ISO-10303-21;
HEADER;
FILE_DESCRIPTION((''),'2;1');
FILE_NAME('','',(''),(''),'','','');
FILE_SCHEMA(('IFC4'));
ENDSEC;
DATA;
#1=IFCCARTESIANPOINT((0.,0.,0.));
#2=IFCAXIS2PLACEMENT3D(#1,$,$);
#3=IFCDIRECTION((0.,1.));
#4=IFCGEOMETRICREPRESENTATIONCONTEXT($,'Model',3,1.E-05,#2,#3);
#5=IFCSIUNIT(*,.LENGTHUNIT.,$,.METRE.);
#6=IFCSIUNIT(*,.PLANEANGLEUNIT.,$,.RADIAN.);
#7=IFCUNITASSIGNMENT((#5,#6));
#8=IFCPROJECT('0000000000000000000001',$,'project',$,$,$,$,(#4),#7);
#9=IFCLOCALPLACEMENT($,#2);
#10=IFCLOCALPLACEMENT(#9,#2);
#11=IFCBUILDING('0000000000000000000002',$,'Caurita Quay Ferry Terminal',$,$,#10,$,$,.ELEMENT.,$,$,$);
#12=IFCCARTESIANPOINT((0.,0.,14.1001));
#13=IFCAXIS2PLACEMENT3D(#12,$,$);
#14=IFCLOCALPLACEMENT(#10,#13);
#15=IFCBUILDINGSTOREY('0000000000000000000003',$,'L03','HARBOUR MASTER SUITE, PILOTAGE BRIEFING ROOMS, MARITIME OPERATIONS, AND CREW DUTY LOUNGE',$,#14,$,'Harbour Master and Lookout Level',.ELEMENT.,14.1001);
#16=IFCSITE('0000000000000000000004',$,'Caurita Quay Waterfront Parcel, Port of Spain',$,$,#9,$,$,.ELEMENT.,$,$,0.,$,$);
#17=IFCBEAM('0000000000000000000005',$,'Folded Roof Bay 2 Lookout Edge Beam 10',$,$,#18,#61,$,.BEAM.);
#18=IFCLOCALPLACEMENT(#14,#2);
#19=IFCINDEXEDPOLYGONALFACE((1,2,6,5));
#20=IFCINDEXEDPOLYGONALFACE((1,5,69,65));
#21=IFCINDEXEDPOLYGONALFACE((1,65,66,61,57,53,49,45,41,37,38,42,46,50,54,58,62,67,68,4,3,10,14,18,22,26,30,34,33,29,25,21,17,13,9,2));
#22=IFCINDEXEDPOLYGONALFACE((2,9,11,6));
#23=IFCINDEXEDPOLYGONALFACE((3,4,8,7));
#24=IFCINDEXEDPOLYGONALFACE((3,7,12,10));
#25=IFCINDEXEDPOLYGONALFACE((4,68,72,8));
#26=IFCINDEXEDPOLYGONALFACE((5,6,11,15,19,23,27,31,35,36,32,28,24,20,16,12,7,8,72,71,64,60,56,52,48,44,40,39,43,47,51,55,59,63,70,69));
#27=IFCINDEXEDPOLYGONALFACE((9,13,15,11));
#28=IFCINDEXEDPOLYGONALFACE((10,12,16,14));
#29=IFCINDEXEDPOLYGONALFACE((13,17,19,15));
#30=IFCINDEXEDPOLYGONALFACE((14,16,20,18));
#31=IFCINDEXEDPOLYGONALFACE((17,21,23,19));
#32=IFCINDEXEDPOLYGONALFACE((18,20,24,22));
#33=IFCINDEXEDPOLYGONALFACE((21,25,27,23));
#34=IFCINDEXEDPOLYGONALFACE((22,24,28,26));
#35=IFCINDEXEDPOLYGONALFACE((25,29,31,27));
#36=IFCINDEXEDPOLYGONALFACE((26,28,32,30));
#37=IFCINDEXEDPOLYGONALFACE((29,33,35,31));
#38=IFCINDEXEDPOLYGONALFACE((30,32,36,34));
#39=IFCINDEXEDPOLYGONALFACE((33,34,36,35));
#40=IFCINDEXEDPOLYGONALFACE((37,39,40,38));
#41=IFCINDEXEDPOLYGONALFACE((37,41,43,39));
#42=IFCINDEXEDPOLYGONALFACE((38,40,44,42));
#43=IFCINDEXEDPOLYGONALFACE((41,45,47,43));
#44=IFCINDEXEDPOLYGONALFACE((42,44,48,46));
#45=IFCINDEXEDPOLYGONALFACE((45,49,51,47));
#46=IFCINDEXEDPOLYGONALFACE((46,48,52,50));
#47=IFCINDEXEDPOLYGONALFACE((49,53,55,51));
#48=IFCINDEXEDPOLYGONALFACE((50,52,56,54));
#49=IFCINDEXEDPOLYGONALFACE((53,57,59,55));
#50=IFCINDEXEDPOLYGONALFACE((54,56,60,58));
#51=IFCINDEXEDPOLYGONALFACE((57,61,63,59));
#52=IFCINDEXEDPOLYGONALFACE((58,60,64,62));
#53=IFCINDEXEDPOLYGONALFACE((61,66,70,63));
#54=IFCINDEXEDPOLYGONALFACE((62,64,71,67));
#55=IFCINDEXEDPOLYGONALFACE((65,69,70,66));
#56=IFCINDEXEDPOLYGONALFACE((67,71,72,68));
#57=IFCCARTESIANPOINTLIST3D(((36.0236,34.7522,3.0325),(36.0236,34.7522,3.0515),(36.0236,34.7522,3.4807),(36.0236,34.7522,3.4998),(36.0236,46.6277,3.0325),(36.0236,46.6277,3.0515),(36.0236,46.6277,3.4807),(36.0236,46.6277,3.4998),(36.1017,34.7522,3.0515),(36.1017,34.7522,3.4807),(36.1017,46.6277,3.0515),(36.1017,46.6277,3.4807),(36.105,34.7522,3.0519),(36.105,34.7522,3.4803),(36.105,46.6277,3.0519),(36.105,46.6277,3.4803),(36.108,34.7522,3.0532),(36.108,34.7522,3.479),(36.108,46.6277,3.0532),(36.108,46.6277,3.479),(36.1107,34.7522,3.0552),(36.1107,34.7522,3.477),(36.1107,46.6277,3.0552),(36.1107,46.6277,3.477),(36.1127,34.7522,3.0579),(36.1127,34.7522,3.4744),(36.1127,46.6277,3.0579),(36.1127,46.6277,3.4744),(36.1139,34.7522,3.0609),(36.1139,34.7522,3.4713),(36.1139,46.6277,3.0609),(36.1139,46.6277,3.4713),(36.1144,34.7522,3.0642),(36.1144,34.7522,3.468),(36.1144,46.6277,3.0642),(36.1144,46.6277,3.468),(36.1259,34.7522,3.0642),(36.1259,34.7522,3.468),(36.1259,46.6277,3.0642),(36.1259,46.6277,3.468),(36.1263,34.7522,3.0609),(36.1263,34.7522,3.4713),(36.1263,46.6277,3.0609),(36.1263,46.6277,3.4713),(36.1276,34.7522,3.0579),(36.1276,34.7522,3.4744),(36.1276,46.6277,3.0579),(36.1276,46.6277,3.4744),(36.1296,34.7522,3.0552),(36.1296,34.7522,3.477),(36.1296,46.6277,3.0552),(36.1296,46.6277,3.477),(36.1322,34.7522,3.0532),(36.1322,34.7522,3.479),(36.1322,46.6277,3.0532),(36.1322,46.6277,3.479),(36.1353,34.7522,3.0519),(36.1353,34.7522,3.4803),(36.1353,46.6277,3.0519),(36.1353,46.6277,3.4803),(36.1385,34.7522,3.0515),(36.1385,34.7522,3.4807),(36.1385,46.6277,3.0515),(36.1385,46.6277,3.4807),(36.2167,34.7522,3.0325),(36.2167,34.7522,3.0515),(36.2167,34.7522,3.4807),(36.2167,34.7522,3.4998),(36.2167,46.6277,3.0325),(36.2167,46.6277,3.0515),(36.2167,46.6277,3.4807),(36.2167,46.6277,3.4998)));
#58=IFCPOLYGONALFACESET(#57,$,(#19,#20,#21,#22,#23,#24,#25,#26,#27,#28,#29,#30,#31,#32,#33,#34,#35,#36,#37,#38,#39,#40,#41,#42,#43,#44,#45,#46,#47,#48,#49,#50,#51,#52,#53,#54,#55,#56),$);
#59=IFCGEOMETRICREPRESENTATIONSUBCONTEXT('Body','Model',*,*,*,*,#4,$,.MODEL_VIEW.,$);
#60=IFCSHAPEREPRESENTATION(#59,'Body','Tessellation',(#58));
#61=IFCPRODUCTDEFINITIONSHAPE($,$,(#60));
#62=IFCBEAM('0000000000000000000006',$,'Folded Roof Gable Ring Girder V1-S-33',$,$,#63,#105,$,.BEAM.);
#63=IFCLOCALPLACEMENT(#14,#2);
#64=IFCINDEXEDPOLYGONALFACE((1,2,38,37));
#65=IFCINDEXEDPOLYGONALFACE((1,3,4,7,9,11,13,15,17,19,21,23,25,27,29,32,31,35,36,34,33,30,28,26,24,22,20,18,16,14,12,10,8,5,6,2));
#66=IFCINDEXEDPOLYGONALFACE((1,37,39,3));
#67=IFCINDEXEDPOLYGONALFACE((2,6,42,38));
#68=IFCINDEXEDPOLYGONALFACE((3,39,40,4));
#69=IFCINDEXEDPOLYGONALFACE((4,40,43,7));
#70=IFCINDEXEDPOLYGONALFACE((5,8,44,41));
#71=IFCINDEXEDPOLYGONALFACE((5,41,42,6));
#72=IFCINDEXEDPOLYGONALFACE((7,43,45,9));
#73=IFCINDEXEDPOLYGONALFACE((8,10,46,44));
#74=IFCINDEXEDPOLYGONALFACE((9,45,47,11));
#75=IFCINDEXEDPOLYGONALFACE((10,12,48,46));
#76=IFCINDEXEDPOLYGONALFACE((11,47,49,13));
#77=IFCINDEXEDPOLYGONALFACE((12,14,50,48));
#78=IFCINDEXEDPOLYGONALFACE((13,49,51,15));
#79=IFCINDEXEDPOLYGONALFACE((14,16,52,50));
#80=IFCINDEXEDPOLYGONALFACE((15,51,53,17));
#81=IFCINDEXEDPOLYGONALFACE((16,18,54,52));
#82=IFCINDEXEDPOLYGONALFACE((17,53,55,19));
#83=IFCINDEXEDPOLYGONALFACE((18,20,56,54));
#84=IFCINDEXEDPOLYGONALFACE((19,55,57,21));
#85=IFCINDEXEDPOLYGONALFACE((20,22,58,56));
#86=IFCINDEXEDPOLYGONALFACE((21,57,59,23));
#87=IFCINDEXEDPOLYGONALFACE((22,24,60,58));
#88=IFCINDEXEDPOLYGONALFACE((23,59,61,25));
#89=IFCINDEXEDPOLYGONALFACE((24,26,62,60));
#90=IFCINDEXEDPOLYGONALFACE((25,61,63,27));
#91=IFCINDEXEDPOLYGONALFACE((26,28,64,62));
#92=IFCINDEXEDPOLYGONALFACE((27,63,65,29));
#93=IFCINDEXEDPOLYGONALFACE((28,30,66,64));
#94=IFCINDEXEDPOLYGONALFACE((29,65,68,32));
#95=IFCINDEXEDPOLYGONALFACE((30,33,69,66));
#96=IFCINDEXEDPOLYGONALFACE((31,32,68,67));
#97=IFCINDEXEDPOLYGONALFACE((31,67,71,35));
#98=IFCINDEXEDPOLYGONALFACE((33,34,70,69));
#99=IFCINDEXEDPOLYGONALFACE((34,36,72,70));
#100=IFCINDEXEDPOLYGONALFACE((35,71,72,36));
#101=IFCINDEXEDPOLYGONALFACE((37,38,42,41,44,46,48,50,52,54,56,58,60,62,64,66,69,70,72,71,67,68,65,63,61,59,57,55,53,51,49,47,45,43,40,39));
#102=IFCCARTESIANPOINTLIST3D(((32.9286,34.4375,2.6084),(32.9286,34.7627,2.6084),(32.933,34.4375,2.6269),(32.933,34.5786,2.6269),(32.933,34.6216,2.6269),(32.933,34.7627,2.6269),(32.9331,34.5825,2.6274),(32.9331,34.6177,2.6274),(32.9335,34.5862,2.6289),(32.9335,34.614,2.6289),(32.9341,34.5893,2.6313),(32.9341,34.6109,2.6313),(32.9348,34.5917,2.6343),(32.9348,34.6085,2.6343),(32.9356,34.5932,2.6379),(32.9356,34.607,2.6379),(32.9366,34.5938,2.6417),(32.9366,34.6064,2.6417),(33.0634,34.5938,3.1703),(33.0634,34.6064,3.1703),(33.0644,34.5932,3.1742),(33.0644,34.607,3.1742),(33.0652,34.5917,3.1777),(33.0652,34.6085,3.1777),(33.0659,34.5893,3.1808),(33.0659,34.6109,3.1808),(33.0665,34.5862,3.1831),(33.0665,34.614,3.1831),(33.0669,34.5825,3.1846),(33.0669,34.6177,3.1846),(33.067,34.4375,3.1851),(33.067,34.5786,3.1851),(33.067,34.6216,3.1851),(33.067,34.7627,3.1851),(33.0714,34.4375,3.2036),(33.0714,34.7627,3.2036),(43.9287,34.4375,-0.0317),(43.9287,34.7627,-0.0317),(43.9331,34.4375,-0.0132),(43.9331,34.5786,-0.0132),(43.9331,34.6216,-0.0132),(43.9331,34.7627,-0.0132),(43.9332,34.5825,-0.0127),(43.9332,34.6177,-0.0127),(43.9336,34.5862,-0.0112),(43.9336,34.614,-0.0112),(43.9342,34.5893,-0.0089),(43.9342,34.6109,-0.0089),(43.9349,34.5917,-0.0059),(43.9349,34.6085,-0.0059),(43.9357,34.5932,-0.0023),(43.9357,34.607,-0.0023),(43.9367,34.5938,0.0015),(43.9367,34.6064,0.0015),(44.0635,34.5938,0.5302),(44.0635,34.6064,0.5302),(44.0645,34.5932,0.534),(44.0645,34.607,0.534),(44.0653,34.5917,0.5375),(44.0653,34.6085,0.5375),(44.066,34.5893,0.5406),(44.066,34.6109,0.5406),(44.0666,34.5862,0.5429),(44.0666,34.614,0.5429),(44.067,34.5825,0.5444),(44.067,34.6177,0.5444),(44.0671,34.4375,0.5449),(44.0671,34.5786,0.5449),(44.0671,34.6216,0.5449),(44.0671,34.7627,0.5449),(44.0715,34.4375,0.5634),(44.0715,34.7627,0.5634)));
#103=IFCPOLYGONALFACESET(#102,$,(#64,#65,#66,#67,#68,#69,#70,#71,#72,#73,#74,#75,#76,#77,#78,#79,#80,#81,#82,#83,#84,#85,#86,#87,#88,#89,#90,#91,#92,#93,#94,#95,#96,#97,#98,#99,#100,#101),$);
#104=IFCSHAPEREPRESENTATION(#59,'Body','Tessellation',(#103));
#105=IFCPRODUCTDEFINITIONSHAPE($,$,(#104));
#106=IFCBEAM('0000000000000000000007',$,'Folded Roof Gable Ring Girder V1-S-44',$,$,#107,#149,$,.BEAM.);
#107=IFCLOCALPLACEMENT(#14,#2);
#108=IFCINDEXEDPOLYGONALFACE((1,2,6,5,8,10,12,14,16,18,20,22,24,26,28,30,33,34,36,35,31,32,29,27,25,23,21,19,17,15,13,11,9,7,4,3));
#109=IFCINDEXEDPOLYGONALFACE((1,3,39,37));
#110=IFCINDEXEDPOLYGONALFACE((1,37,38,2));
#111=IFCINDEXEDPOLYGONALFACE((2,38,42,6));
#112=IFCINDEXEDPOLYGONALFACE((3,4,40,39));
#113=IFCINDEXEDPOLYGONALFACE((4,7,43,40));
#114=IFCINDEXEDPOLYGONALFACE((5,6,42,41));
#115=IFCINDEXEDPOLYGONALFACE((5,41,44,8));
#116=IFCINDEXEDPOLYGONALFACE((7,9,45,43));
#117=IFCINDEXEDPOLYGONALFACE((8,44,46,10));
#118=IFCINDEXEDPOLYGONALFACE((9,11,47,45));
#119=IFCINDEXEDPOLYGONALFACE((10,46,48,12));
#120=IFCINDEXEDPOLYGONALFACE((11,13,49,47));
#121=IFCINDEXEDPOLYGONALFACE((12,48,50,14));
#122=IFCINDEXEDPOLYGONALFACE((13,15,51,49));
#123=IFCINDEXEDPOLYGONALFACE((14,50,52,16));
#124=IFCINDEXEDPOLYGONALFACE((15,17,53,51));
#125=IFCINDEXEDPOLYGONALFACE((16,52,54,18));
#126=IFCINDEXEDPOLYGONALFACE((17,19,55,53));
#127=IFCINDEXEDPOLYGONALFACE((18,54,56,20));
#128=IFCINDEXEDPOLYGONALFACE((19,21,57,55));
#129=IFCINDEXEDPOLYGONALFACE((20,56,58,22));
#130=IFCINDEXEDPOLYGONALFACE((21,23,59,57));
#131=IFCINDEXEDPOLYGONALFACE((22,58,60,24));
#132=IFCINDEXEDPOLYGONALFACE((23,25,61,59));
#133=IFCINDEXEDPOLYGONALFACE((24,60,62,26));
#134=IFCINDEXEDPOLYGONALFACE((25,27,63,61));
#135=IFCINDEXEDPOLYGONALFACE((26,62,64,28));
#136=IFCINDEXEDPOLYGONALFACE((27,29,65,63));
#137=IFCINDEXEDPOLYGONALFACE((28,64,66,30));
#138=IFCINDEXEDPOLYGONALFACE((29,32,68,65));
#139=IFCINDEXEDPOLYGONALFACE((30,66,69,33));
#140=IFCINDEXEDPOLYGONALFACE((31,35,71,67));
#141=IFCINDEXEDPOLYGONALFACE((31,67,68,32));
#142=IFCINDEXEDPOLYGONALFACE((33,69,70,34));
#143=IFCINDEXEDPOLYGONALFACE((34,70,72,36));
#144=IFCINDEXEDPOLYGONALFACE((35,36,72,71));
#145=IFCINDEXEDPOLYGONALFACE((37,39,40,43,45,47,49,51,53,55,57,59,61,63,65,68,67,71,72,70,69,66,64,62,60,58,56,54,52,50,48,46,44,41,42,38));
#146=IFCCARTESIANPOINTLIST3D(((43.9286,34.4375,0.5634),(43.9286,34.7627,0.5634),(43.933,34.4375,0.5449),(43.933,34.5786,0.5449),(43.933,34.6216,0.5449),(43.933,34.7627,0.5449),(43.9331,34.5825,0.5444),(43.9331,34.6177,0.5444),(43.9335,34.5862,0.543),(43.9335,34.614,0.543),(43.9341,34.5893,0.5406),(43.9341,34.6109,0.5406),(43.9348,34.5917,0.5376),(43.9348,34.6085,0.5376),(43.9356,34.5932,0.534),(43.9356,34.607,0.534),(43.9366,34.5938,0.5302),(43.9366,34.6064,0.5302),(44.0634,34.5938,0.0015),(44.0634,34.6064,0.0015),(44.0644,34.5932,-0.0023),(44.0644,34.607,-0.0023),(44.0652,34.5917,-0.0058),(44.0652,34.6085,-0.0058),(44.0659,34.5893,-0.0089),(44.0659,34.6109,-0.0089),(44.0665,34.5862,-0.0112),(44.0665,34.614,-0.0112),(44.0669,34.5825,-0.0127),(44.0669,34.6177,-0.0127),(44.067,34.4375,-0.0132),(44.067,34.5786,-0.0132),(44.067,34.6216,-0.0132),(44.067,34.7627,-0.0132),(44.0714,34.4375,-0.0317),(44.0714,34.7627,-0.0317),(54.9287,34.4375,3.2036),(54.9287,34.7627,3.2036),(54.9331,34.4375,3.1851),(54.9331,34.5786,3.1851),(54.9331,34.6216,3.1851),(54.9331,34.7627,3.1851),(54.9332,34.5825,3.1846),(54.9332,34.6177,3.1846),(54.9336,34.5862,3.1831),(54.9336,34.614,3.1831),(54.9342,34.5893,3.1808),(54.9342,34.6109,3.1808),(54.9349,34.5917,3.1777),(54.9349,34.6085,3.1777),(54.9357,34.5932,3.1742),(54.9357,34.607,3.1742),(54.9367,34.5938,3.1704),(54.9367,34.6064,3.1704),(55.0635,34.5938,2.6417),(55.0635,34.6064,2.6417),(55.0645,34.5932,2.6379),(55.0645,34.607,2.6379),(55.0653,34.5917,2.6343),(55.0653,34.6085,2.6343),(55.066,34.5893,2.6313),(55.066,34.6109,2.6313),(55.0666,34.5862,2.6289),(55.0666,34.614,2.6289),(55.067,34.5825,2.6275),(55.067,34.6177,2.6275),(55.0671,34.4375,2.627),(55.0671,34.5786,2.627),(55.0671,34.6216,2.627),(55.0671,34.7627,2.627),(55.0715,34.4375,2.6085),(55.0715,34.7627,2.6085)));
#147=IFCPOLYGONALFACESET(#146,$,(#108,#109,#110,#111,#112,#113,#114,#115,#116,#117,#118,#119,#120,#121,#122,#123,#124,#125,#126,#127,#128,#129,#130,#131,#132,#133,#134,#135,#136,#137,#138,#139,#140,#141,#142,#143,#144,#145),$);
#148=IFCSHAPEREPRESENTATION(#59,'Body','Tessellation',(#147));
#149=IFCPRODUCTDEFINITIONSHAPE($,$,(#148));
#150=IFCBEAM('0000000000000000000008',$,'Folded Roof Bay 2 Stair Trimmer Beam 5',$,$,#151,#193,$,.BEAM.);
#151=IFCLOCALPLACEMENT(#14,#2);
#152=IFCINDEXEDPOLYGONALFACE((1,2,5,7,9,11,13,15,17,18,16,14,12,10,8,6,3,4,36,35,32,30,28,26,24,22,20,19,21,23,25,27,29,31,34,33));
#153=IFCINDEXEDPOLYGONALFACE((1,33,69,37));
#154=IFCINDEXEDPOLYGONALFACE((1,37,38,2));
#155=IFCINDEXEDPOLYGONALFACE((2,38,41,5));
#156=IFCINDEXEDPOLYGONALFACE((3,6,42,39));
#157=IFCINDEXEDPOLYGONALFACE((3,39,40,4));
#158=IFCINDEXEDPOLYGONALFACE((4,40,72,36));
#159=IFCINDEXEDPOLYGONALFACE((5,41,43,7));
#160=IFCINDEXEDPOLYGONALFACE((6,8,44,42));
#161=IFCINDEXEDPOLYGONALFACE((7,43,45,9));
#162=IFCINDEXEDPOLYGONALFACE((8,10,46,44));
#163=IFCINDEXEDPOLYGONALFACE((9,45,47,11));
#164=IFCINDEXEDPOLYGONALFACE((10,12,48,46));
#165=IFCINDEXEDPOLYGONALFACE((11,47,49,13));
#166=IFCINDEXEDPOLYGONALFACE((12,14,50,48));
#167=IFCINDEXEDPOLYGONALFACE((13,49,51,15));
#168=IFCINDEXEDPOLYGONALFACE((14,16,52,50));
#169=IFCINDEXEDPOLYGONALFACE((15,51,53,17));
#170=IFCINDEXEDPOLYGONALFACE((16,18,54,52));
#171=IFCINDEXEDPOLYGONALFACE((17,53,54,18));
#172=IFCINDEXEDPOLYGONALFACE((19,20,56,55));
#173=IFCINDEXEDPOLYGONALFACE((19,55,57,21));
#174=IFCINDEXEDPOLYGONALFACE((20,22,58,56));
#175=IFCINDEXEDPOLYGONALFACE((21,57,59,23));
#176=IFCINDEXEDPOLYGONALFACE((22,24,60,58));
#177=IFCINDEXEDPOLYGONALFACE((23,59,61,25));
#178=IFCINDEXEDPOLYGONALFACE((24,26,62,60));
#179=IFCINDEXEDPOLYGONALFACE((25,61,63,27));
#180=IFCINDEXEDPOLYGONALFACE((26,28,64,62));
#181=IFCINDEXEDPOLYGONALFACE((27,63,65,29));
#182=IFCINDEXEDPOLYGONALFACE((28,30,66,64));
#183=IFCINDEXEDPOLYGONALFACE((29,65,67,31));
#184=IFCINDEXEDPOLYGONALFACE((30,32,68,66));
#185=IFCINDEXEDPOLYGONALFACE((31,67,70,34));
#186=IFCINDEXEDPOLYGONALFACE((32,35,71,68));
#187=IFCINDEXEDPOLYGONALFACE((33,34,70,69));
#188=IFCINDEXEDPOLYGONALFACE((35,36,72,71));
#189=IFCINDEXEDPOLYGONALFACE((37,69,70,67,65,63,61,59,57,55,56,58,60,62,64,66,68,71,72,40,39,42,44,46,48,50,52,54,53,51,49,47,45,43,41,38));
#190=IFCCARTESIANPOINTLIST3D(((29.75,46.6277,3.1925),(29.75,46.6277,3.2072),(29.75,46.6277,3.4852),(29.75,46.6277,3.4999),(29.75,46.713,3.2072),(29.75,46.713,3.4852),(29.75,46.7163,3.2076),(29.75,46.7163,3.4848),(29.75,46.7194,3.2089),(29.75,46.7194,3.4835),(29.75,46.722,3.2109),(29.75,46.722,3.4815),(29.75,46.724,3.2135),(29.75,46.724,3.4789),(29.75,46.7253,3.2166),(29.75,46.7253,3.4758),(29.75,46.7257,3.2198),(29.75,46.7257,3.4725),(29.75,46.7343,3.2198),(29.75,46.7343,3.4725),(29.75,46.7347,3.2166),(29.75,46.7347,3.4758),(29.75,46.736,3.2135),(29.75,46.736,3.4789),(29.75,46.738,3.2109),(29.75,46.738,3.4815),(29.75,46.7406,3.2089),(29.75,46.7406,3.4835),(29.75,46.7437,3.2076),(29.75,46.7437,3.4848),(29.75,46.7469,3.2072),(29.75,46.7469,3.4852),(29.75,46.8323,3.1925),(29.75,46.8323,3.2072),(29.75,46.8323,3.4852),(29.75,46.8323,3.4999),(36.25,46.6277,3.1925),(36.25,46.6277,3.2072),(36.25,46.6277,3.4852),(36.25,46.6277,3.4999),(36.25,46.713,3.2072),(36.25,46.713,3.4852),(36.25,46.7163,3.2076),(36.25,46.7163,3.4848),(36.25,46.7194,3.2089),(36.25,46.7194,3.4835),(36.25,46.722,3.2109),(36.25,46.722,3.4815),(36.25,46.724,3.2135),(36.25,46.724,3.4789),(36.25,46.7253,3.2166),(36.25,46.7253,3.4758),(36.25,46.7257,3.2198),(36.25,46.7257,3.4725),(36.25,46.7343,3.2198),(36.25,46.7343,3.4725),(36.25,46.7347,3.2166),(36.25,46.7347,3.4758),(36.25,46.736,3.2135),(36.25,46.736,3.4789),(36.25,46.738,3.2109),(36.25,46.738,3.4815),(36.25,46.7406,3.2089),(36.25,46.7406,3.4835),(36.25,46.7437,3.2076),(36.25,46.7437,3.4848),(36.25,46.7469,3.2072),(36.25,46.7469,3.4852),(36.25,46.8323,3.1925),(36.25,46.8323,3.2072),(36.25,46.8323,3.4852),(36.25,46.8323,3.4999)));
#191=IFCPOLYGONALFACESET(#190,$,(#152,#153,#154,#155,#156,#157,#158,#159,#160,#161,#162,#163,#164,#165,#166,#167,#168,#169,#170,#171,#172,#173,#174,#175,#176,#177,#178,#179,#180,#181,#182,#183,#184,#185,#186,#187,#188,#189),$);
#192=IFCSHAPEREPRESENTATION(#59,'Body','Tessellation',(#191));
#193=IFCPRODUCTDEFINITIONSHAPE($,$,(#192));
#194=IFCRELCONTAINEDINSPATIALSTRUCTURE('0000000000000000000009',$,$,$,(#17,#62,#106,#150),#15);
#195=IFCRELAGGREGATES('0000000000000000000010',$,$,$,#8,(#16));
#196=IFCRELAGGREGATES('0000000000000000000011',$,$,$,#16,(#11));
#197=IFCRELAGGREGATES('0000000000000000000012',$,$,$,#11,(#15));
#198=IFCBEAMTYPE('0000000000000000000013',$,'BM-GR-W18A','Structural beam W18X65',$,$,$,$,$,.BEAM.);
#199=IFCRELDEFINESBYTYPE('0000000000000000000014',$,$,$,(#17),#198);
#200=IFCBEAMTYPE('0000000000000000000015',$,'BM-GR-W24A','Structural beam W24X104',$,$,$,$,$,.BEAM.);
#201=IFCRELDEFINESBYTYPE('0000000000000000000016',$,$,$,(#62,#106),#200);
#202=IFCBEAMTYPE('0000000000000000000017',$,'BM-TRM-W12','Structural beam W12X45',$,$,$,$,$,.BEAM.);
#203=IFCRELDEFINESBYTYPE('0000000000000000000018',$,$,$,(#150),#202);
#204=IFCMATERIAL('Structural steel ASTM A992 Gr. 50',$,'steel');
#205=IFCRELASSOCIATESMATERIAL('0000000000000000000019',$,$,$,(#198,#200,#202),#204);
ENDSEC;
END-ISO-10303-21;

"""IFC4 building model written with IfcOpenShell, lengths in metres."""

from ifc_helpers import new_model, si_unit, direction, frame, origin, origin_2d, place, context, subcontext, project, spatial, i_section, extrude, material, material_profile, profile_set, type_object, element, save


model = new_model("IFC4")

# Units and contexts
model_context = context("Model", 3, precision=1e-05, world=origin(), true_north=direction((0.0, 1.0)))
body_context = subcontext(model_context, "Body", "Model", "MODEL_VIEW")
ifc_project = project(units=[si_unit("LENGTHUNIT", "METRE"), si_unit("PLANEANGLEUNIT", "RADIAN")], contexts=[model_context])

# Site, building, storey
site_placement = place(None, origin())
site = spatial("IfcSite", under=ifc_project, at=site_placement, Name="Caurita Quay Waterfront Parcel, Port of Spain", CompositionType="ELEMENT", RefElevation=0.0)
building_placement = place(site_placement, origin())
building = spatial("IfcBuilding", under=site, at=building_placement, Name="Caurita Quay Ferry Terminal", CompositionType="ELEMENT")
storey_placement = place(building_placement, frame((0.0, 0.0, 14.1001)))
storey = spatial("IfcBuildingStorey", under=building, at=storey_placement, Name="L03", Description="HARBOUR MASTER SUITE, PILOTAGE BRIEFING ROOMS, MARITIME OPERATIONS, AND CREW DUTY LOUNGE", LongName="Harbour Master and Lookout Level", CompositionType="ELEMENT", Elevation=14.1001)

# Beams
ifc_material_1 = material(Name="Structural steel ASTM A992 Gr. 50", Category="steel")
ifc_material_profile_1 = material_profile(ifc_material_1, i_section(OverallWidth=0.1931, OverallDepth=0.4673, WebThickness=0.0115, FlangeThickness=0.019, FilletRadius=0.0127, at=origin_2d()), Name="W18X65")
ifc_profile_set_1 = profile_set([ifc_material_profile_1], Name="Structural steel ASTM A992 Gr. 50")
beam_type_1 = type_object("IfcBeamType", Name="BM-GR-W18A", Description="Structural beam W18X65", PredefinedType="BEAM", material=ifc_profile_set_1)
for number, where, z_axis, x_axis, name in (
    (1, (36.1201, 46.6277, 3.2661), (0.0, -1.0, 0.0), (1.0, 0.0, 0.0), "Folded Roof Bay 2 Lookout Edge Beam 10"),
):
    element("IfcBeam", number, at=place(storey_placement, frame(where, z_axis=z_axis, x_axis=x_axis)), inside=storey, type_object=beam_type_1, Name=name, PredefinedType="BEAM", context=body_context, shape_type="SweptSolid", body=[
        extrude(i_section(OverallWidth=0.1931, OverallDepth=0.4673, WebThickness=0.0115, FlangeThickness=0.019, FilletRadius=0.0127, at=origin_2d()), origin(), (0.0, 0.0, 1.0), 11.8755),
    ])
ifc_material_profile_2 = material_profile(ifc_material_1, i_section(OverallWidth=0.3252, OverallDepth=0.6121, WebThickness=0.0127, FlangeThickness=0.019, FilletRadius=0.0151, at=origin_2d()), Name="W24X104")
ifc_profile_set_2 = profile_set([ifc_material_profile_2], Name="Structural steel ASTM A992 Gr. 50")
beam_type_2 = type_object("IfcBeamType", Name="BM-GR-W24A", Description="Structural beam W24X104", PredefinedType="BEAM", material=ifc_profile_set_2)
for number, where, z_axis, x_axis, name in (
    (2, (33.0, 34.6001, 2.906), (0.972385, 0.0, -0.233384), (0.0, 1.0, 0.0), "Folded Roof Gable Ring Girder V1-S-33"),
    (3, (44.0, 34.6001, 0.2659), (0.972385, 0.0, 0.233384), (0.0, 1.0, 0.0), "Folded Roof Gable Ring Girder V1-S-44"),
):
    element("IfcBeam", number, at=place(storey_placement, frame(where, z_axis=z_axis, x_axis=x_axis)), inside=storey, type_object=beam_type_2, Name=name, PredefinedType="BEAM", context=body_context, shape_type="SweptSolid", body=[
        extrude(i_section(OverallWidth=0.3252, OverallDepth=0.6121, WebThickness=0.0127, FlangeThickness=0.019, FilletRadius=0.0151, at=origin_2d()), origin(), (0.0, 0.0, 1.0), 11.3125),
    ])
ifc_material_profile_3 = material_profile(ifc_material_1, i_section(OverallWidth=0.2046, OverallDepth=0.3074, WebThickness=0.0085, FlangeThickness=0.0146, FilletRadius=0.0127, at=origin_2d()), Name="W12X45")
ifc_profile_set_3 = profile_set([ifc_material_profile_3], Name="Structural steel ASTM A992 Gr. 50")
beam_type_3 = type_object("IfcBeamType", Name="BM-TRM-W12", Description="Structural beam W12X45", PredefinedType="BEAM", material=ifc_profile_set_3)
for number, where, z_axis, x_axis, name in (
    (4, (29.75, 46.73, 3.3462), (1.0, 0.0, 0.0), (0.0, 1.0, 0.0), "Folded Roof Bay 2 Stair Trimmer Beam 5"),
):
    element("IfcBeam", number, at=place(storey_placement, frame(where, z_axis=z_axis, x_axis=x_axis)), inside=storey, type_object=beam_type_3, Name=name, PredefinedType="BEAM", context=body_context, shape_type="SweptSolid", body=[
        extrude(i_section(OverallWidth=0.2046, OverallDepth=0.3074, WebThickness=0.0085, FlangeThickness=0.0146, FilletRadius=0.0127, at=origin_2d()), origin(), (0.0, 0.0, 1.0), 6.5),
    ])

save(model, "model.ifc")
